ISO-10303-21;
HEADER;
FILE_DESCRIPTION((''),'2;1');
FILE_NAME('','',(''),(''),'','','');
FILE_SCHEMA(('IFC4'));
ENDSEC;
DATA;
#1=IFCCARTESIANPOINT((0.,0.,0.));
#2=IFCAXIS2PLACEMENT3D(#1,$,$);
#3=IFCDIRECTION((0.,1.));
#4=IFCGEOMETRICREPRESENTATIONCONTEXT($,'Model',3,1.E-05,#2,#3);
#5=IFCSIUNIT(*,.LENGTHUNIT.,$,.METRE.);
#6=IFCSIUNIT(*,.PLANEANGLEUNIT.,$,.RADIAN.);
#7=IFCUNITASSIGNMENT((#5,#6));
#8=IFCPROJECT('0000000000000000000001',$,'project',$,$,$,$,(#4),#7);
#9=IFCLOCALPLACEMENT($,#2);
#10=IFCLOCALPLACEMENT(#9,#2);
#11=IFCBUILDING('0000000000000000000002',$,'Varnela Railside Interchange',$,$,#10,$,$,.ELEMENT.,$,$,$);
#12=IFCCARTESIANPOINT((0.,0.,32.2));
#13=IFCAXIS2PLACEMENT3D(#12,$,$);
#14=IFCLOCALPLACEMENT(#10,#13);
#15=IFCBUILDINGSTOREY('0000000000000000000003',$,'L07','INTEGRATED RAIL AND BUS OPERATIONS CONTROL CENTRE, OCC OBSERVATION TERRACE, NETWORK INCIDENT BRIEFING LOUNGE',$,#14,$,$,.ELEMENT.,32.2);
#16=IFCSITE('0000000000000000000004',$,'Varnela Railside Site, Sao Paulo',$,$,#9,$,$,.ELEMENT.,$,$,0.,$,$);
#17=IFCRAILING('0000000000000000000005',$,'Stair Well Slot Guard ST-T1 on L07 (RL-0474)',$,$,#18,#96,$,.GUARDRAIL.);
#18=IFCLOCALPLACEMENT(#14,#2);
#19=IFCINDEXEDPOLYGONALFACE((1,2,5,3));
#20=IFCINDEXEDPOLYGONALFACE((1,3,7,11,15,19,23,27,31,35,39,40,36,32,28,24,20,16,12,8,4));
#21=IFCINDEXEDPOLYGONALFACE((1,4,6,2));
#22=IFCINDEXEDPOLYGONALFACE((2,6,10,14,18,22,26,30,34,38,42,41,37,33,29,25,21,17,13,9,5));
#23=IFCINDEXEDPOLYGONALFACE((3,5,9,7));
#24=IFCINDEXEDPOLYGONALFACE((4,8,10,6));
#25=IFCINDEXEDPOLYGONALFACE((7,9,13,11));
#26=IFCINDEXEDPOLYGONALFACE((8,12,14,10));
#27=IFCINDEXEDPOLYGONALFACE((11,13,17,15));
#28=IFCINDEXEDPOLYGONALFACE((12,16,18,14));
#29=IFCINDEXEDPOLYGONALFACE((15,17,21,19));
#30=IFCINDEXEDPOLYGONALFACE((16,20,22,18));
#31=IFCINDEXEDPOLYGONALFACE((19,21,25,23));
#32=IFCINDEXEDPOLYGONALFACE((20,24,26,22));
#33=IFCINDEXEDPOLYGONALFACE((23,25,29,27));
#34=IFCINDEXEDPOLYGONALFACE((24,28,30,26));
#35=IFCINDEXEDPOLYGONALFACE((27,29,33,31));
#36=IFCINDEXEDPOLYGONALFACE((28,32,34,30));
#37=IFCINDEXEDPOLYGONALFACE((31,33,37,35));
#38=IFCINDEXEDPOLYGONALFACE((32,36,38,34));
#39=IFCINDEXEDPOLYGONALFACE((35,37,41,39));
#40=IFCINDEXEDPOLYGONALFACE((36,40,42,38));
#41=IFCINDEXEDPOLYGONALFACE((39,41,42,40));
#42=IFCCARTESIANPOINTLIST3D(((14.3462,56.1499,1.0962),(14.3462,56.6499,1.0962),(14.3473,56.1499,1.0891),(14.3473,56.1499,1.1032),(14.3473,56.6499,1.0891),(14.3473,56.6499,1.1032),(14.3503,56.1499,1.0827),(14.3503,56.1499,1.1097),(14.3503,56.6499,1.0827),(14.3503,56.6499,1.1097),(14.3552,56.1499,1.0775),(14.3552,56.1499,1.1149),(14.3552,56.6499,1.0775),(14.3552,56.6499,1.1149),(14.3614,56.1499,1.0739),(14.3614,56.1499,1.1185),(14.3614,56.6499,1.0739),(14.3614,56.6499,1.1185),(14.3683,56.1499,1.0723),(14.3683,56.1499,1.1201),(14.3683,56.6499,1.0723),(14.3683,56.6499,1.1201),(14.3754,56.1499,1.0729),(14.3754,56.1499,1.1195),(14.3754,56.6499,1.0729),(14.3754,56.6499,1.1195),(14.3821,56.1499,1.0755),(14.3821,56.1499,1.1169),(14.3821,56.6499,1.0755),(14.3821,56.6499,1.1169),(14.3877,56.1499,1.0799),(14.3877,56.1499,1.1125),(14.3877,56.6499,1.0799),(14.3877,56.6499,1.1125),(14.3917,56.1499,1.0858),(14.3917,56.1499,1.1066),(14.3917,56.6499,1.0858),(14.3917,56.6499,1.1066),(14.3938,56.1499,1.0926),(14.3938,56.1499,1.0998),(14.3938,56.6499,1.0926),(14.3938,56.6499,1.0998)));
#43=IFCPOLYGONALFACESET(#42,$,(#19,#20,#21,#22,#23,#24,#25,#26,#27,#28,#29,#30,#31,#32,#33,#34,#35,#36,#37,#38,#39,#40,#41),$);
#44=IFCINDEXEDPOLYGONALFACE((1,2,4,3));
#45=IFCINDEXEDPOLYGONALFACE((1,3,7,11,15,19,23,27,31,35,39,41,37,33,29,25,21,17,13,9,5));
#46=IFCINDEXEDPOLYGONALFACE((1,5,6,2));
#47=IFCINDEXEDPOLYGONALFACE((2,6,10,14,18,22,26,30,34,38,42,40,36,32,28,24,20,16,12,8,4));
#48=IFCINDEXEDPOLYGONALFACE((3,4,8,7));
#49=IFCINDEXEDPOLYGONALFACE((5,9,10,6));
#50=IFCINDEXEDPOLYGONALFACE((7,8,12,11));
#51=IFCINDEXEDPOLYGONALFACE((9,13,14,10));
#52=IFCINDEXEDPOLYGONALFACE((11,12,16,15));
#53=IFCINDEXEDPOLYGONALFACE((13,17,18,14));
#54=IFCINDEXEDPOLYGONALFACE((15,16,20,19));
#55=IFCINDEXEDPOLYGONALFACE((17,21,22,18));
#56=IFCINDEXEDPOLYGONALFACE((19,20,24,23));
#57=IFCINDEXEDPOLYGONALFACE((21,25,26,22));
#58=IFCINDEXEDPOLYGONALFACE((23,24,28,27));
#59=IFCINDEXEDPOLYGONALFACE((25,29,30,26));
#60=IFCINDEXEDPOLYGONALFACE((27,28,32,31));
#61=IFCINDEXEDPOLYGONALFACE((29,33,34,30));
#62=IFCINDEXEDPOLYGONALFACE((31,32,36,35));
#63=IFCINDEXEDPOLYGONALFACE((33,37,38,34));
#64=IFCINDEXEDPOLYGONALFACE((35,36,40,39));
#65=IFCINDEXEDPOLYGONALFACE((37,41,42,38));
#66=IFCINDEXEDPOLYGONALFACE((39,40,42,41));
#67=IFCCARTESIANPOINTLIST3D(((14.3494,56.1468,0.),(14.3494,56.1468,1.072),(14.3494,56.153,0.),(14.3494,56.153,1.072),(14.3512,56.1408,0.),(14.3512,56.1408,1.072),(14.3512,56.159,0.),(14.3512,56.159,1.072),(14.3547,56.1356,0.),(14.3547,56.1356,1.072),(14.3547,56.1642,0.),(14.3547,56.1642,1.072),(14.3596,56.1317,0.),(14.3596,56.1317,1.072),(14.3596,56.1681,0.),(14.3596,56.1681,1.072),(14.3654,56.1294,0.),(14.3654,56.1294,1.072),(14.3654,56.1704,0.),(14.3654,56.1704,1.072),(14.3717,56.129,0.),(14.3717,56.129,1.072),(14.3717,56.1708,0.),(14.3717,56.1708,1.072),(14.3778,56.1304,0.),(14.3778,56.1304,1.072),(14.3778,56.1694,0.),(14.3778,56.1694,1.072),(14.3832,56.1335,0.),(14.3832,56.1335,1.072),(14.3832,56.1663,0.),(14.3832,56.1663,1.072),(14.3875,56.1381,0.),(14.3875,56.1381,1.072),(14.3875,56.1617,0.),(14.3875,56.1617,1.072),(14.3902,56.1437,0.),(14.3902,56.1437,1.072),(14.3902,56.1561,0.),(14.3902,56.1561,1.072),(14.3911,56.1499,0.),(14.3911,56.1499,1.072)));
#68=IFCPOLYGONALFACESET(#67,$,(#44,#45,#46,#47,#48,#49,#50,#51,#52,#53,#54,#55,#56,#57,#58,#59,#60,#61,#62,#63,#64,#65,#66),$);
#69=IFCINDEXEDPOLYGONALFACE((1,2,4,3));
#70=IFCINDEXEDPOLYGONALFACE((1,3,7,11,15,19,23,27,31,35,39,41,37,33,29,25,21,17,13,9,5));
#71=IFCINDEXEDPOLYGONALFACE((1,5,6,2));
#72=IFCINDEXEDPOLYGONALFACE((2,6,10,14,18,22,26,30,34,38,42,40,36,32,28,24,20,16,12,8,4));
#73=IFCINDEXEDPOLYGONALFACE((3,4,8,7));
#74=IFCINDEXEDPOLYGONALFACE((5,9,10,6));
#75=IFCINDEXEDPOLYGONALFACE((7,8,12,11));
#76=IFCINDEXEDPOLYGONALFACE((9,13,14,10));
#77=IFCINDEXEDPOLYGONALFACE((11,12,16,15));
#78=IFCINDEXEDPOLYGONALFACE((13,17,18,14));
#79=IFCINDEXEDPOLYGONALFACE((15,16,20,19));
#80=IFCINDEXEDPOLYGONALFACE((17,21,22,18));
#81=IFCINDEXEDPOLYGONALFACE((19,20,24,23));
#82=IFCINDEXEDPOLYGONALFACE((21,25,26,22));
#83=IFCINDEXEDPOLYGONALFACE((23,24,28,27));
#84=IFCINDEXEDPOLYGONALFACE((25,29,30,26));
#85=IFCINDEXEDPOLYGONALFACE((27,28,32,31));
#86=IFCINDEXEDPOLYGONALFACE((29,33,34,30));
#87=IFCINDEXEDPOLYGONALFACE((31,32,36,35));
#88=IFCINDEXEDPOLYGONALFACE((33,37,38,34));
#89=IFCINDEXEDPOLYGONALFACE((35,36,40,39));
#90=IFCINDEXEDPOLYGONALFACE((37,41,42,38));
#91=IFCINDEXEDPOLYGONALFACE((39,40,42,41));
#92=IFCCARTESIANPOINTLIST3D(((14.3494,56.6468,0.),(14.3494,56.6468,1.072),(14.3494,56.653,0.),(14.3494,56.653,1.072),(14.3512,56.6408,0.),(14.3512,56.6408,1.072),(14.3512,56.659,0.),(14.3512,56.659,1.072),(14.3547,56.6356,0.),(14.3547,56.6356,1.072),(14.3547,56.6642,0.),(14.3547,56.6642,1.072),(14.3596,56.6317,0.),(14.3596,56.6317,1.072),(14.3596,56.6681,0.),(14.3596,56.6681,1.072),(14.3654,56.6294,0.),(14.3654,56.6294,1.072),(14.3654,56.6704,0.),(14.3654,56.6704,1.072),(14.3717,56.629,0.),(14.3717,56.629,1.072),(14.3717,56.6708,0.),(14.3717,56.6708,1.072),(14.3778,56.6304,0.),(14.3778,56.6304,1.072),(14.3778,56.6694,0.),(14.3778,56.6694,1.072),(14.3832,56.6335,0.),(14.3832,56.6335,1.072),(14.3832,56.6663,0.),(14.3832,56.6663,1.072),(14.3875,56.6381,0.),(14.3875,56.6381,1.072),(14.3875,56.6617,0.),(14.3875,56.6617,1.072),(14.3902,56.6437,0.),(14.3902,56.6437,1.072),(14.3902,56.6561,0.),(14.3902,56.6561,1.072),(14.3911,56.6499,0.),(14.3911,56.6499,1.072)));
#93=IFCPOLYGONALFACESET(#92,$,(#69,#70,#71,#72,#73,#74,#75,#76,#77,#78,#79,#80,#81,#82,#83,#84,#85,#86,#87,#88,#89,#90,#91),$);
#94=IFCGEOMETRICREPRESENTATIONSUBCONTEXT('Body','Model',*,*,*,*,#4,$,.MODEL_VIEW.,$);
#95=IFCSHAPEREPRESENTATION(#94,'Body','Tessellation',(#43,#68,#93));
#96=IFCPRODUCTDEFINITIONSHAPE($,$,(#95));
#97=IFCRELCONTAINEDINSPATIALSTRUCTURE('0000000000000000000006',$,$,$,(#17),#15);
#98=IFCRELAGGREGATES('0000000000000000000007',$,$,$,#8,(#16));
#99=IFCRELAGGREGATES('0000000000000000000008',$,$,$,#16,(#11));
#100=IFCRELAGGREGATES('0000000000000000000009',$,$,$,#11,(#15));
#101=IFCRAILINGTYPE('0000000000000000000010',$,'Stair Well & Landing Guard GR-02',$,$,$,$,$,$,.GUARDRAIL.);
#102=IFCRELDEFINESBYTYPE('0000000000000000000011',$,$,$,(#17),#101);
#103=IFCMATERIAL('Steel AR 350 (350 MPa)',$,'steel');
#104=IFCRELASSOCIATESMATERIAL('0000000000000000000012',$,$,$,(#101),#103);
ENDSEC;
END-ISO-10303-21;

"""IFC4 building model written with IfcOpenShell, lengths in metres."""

from ifc_helpers import new_model, si_unit, direction, frame, origin, origin_2d, place, context, subcontext, project, spatial, circle, extrude, material, type_object, element, save


model = new_model("IFC4")

# Units and contexts
model_context = context("Model", 3, precision=1e-05, world=origin(), true_north=direction((0.0, 1.0)))
body_context = subcontext(model_context, "Body", "Model", "MODEL_VIEW")
ifc_project = project(units=[si_unit("LENGTHUNIT", "METRE"), si_unit("PLANEANGLEUNIT", "RADIAN")], contexts=[model_context])

# Site, building, storey
site_placement = place(None, origin())
site = spatial("IfcSite", under=ifc_project, at=site_placement, Name="Varnela Railside Site, Sao Paulo", CompositionType="ELEMENT", RefElevation=0.0)
building_placement = place(site_placement, origin())
building = spatial("IfcBuilding", under=site, at=building_placement, Name="Varnela Railside Interchange", CompositionType="ELEMENT")
storey_placement = place(building_placement, frame((0.0, 0.0, 32.2)))
storey = spatial("IfcBuildingStorey", under=building, at=storey_placement, Name="L07", Description="INTEGRATED RAIL AND BUS OPERATIONS CONTROL CENTRE, OCC OBSERVATION TERRACE, NETWORK INCIDENT BRIEFING LOUNGE", CompositionType="ELEMENT", Elevation=32.2)

# Shared definitions
ifc_material_1 = material(Name="Steel AR 350 (350 MPa)", Category="steel")

# Railing
railing_type_1 = type_object("IfcRailingType", Name="Stair Well & Landing Guard GR-02", PredefinedType="GUARDRAIL", material=ifc_material_1)
railing_1_placement = place(storey_placement, frame((14.3701, 56.1499, 0.0)))
element("IfcRailing", 1, at=railing_1_placement, inside=storey, type_object=railing_type_1, Name="Stair Well Slot Guard ST-T1 on L07 (RL-0474)", PredefinedType="GUARDRAIL", context=body_context, shape_type="SweptSolid", body=[
    extrude(circle(Radius=0.0239, at=origin_2d()), frame((0.0, 0.0, 1.0962), z_axis=(0.0, 1.0, 0.0), x_axis=(-1.0, 0.0, 0.0)), (0.0, 0.0, 1.0), 0.5),
    extrude(circle(Radius=0.021, at=origin_2d()), origin(), (0.0, 0.0, 1.0), 1.072),
    extrude(circle(Radius=0.021, at=origin_2d()), frame((0.0, 0.5, 0.0)), (0.0, 0.0, 1.0), 1.072),
])

save(model, "model.ifc")
